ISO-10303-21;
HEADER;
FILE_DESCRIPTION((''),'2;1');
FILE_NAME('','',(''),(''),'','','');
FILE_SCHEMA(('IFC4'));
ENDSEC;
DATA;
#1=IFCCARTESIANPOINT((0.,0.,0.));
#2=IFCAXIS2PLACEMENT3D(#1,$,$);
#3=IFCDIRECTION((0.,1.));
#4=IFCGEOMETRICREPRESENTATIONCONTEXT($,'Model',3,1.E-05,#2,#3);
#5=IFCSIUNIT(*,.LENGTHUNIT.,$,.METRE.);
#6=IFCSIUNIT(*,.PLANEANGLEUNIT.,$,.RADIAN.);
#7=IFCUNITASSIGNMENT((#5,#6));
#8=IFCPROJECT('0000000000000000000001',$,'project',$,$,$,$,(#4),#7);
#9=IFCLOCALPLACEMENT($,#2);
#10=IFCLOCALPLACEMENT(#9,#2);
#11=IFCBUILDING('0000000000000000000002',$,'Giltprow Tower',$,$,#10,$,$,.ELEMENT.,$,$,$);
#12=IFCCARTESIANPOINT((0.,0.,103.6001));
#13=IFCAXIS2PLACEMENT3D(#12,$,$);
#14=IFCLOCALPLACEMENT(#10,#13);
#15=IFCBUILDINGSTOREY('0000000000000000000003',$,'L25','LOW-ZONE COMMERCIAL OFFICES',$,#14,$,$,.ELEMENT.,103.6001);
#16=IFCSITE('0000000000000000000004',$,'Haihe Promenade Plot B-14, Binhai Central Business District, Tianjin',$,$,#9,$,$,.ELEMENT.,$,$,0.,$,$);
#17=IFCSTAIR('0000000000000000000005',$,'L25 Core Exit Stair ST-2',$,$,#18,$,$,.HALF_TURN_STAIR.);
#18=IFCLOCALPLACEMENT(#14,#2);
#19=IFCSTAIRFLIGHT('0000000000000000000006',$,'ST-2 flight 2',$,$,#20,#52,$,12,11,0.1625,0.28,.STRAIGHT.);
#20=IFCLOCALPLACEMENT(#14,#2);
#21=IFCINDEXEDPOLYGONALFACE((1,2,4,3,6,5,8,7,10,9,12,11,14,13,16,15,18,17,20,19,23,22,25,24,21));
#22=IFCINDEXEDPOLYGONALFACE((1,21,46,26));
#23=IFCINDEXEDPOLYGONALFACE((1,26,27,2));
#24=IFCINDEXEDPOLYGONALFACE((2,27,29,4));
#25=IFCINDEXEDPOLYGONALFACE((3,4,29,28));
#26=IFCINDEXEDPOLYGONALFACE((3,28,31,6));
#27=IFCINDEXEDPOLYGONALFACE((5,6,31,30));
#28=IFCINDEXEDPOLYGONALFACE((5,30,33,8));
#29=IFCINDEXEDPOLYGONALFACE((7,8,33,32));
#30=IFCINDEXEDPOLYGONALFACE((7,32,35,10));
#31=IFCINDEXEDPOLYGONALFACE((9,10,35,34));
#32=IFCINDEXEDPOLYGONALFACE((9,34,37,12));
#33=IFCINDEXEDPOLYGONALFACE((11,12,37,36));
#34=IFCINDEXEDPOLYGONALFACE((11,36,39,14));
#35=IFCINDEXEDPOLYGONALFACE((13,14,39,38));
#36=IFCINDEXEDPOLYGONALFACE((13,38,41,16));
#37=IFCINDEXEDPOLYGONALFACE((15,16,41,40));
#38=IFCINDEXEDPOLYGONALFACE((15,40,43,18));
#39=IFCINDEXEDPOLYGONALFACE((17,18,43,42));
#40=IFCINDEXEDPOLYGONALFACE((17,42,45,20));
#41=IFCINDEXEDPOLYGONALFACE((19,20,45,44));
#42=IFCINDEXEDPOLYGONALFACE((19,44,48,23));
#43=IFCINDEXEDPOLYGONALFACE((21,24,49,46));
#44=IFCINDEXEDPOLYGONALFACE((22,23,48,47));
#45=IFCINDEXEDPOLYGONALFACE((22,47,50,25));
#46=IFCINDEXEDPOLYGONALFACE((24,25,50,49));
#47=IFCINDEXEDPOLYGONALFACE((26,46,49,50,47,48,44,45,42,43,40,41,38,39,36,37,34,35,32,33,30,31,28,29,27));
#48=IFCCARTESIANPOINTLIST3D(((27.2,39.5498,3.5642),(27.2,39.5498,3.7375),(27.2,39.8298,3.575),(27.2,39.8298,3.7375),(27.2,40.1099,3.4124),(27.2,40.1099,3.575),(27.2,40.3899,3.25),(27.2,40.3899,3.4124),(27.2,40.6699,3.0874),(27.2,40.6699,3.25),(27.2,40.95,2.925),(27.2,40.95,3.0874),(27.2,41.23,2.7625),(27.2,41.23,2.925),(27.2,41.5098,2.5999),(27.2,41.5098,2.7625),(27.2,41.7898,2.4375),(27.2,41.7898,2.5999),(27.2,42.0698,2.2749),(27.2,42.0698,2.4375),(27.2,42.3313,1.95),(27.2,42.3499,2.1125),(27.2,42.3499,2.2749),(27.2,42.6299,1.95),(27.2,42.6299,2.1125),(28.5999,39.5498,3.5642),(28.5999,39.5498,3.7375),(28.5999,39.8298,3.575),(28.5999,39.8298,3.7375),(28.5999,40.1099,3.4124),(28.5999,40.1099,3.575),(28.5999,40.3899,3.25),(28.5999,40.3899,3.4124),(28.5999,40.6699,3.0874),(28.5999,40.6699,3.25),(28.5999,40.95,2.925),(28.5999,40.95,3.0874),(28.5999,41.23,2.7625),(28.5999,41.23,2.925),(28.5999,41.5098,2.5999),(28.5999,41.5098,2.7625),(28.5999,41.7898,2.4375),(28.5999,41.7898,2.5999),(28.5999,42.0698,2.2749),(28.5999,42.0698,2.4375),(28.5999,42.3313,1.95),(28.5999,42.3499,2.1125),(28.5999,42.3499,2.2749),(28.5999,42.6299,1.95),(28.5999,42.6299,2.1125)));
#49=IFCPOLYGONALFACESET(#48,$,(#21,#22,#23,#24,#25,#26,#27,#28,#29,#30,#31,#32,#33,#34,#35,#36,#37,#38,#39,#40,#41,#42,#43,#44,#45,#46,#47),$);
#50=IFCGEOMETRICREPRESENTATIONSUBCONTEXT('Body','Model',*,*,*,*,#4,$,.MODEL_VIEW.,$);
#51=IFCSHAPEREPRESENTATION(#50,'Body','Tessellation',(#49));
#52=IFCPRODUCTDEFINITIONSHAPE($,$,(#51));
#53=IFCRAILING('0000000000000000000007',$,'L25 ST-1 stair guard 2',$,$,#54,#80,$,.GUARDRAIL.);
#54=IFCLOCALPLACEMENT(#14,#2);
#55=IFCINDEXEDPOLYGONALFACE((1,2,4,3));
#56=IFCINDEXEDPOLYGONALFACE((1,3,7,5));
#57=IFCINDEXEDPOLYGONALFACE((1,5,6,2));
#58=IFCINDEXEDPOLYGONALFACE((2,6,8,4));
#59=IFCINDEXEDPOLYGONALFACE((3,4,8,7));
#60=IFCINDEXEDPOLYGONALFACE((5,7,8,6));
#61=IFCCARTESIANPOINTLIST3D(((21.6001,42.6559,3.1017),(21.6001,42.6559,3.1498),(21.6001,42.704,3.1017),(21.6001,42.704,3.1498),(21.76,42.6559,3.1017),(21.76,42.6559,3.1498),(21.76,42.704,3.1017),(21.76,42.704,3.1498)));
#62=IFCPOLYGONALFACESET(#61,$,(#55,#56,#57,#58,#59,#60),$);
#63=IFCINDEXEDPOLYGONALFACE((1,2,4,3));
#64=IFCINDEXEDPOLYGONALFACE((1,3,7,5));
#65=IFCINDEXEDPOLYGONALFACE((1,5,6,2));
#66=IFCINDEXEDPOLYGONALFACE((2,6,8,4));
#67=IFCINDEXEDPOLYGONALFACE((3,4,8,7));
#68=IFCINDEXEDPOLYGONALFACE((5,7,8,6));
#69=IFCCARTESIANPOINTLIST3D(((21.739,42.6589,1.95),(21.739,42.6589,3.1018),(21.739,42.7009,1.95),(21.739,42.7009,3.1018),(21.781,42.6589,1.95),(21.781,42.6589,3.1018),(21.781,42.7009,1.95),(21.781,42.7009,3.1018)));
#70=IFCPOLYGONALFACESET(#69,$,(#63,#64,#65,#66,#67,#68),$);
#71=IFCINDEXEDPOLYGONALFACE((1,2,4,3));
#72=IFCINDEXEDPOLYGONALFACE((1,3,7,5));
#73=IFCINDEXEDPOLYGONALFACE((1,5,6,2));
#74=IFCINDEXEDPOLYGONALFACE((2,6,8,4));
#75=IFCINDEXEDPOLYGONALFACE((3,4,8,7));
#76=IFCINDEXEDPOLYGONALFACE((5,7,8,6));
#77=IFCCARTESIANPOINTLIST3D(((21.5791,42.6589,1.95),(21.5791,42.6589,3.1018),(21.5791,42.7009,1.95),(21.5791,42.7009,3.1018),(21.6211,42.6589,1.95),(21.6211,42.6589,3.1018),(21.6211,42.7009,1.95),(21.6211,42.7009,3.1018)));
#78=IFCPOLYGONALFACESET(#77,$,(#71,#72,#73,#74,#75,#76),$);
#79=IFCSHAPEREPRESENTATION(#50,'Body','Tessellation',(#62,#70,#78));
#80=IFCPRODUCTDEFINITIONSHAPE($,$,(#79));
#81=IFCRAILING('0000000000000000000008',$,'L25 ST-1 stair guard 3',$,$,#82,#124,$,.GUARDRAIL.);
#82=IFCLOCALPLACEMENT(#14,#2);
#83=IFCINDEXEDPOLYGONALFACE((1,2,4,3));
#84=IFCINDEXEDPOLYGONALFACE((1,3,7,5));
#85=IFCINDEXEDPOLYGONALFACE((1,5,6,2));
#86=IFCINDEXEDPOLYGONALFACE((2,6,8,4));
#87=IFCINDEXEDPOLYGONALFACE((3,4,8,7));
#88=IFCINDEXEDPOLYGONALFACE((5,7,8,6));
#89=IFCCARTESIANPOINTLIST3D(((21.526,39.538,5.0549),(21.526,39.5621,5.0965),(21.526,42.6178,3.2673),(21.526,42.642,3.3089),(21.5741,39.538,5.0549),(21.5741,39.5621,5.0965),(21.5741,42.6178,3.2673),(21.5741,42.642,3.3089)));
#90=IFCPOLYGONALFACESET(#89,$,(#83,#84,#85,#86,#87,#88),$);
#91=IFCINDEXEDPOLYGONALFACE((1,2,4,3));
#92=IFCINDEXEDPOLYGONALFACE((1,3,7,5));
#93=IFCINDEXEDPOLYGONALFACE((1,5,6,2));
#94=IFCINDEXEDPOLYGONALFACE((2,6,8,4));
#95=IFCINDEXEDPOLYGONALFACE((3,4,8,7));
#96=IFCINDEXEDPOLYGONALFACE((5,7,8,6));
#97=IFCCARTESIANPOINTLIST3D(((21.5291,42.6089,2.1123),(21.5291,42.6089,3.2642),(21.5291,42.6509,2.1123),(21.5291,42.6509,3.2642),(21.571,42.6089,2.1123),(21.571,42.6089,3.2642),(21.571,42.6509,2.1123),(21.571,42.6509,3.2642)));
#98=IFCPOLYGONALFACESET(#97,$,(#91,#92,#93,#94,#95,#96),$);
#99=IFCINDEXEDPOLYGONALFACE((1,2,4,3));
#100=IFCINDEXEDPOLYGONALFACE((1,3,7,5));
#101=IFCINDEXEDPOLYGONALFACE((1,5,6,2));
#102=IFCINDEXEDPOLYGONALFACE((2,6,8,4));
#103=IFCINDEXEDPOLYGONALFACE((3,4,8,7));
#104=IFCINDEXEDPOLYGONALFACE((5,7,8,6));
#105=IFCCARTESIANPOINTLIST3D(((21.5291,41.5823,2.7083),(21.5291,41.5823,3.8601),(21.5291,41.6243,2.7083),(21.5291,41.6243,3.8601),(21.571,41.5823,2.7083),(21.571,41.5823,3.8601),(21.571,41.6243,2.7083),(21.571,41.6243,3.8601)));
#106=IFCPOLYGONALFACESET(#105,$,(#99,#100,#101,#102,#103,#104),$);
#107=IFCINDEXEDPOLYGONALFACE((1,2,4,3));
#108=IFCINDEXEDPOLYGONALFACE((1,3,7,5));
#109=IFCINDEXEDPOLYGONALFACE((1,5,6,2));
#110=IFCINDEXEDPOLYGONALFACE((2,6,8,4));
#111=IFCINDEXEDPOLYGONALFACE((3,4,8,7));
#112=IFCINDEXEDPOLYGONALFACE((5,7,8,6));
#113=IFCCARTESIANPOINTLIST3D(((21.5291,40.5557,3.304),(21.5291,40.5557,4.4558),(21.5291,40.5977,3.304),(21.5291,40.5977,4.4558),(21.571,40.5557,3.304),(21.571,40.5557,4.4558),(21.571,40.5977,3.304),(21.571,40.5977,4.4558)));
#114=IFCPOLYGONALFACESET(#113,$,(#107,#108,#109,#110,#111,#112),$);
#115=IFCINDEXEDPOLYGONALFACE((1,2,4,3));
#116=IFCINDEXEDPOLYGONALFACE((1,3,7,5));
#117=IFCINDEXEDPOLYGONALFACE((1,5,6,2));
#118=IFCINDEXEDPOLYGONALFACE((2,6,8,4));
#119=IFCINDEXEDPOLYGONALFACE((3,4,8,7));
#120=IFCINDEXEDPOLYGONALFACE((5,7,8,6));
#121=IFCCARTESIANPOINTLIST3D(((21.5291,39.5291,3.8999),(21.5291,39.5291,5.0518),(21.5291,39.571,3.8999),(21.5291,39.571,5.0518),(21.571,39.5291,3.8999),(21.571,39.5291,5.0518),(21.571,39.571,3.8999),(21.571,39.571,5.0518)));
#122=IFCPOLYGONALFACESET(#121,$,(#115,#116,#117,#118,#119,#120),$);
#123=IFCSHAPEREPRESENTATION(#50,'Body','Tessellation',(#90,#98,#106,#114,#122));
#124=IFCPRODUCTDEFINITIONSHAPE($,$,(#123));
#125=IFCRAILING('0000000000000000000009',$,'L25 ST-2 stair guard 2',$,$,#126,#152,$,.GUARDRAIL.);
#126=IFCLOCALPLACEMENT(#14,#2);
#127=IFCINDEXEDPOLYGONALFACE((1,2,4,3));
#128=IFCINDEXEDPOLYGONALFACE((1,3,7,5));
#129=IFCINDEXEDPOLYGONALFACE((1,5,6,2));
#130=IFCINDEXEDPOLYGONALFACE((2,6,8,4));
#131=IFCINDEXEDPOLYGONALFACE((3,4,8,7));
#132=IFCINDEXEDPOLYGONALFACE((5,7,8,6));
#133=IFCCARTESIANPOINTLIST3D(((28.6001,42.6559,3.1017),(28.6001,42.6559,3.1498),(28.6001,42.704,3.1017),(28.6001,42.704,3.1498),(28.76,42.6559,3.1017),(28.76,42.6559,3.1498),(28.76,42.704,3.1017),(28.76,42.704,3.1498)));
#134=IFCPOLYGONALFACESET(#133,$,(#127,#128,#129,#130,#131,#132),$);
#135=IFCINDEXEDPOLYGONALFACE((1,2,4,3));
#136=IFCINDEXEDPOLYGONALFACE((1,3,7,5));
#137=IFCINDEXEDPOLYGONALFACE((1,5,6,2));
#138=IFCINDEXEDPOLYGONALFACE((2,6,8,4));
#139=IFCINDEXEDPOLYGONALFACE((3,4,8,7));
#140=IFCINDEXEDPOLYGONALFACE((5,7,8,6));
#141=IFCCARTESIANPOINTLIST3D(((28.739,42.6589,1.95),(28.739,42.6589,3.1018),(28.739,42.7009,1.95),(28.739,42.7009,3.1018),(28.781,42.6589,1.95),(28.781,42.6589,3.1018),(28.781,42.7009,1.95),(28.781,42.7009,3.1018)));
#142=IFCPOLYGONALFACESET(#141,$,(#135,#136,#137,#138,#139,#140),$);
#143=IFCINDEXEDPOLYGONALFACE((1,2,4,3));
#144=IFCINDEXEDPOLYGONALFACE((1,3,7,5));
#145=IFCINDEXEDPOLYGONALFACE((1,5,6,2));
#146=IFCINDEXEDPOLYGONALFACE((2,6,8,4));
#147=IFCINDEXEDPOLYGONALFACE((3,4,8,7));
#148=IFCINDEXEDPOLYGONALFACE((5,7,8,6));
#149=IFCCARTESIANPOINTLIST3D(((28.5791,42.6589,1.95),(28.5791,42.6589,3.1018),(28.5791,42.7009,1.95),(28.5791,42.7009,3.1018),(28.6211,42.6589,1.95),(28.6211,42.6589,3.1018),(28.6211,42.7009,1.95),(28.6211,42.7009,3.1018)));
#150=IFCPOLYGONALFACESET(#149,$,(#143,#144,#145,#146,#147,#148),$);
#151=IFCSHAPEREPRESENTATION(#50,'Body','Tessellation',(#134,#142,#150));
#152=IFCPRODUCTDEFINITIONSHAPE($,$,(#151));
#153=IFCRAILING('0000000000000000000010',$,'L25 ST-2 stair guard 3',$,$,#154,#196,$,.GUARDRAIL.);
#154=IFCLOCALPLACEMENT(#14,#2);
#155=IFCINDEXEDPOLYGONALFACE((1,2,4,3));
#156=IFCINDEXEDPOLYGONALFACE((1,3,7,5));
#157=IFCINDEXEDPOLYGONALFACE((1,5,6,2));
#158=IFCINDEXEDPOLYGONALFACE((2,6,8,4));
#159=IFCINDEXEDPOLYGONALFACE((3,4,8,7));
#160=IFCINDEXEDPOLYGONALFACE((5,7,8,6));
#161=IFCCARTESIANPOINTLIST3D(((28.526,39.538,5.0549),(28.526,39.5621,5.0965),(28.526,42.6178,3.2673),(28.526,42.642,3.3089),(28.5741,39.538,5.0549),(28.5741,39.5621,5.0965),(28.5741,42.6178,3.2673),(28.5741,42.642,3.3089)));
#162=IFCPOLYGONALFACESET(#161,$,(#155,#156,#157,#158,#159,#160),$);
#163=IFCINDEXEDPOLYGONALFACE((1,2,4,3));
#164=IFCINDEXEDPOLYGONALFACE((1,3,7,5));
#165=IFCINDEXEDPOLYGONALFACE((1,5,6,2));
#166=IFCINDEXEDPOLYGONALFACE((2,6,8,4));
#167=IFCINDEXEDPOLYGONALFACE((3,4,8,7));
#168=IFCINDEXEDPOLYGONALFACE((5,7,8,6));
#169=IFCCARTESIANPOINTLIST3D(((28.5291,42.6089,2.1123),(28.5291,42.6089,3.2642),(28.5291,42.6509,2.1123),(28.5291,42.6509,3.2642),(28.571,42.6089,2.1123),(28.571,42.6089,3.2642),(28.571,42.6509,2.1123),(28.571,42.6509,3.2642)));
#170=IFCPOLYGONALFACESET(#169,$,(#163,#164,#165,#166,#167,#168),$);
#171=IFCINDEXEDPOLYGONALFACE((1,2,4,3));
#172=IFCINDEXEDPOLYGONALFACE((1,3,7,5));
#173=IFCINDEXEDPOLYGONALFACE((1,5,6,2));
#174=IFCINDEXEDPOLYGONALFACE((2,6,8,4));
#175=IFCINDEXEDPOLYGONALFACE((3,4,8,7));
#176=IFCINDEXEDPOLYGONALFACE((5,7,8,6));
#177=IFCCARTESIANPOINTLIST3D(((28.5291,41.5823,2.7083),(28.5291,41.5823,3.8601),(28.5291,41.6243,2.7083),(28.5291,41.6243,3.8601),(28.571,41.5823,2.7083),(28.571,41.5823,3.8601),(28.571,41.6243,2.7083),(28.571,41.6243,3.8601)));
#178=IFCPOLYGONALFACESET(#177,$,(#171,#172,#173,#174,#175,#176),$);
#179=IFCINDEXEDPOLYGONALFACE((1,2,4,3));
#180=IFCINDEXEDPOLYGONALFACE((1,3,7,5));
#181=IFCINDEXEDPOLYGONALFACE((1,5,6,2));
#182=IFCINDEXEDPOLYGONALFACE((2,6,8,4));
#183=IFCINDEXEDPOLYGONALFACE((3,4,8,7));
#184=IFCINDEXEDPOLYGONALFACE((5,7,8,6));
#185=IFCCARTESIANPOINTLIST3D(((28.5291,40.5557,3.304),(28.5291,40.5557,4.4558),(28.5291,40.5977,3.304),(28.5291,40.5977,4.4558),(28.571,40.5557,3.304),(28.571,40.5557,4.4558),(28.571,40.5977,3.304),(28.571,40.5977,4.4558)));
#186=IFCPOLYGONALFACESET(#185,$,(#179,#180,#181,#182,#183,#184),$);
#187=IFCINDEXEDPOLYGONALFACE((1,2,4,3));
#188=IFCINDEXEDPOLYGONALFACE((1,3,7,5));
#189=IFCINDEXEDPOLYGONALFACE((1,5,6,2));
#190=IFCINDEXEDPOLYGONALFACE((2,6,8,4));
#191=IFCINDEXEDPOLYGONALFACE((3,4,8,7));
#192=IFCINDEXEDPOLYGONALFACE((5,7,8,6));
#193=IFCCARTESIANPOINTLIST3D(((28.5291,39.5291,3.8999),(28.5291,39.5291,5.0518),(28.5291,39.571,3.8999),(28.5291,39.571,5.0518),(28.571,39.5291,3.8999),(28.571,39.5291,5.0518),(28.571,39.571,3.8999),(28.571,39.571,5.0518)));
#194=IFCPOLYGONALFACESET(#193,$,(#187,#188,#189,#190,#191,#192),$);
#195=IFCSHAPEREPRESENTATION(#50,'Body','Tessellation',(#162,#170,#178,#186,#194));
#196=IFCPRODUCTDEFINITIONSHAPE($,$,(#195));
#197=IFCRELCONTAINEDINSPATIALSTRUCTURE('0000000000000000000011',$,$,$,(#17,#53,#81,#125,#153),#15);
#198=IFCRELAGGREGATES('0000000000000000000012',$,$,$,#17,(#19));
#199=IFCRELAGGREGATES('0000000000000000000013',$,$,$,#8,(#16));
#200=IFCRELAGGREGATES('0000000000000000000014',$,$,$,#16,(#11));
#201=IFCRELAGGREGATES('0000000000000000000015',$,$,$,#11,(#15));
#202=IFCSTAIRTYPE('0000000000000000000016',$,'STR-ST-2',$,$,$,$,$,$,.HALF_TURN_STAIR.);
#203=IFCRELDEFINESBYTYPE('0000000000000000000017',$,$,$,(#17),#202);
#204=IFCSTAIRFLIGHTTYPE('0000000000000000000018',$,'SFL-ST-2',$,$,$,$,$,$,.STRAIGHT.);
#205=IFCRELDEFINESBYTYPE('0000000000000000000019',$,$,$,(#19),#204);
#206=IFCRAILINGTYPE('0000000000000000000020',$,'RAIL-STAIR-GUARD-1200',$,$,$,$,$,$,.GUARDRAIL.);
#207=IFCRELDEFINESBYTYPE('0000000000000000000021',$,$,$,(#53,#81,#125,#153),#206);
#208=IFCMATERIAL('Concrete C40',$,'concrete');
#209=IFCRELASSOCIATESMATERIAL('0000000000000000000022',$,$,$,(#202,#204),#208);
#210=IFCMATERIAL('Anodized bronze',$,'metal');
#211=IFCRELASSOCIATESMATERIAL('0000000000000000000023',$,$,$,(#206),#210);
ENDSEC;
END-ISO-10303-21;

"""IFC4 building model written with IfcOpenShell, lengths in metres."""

from ifc_helpers import new_model, si_unit, direction, frame, origin, origin_2d, place, context, subcontext, project, spatial, polyline, rectangle, outline, extrude, material, type_object, element, aggregate, save


model = new_model("IFC4")

# Units and contexts
model_context = context("Model", 3, precision=1e-05, world=origin(), true_north=direction((0.0, 1.0)))
body_context = subcontext(model_context, "Body", "Model", "MODEL_VIEW")
ifc_project = project(units=[si_unit("LENGTHUNIT", "METRE"), si_unit("PLANEANGLEUNIT", "RADIAN")], contexts=[model_context])

# Site, building, storey
site_placement = place(None, origin())
site = spatial("IfcSite", under=ifc_project, at=site_placement, Name="Haihe Promenade Plot B-14, Binhai Central Business District, Tianjin", CompositionType="ELEMENT", RefElevation=0.0)
building_placement = place(site_placement, origin())
building = spatial("IfcBuilding", under=site, at=building_placement, Name="Giltprow Tower", CompositionType="ELEMENT")
storey_placement = place(building_placement, frame((0.0, 0.0, 103.6001)))
storey = spatial("IfcBuildingStorey", under=building, at=storey_placement, Name="L25", Description="LOW-ZONE COMMERCIAL OFFICES", CompositionType="ELEMENT", Elevation=103.6001)

# Shared definitions
ifc_material_1 = material(Name="Concrete C40", Category="concrete")

# Stair, stair flight
stair_type_1 = type_object("IfcStairType", Name="STR-ST-2", PredefinedType="HALF_TURN_STAIR", material=ifc_material_1)
stair_1_placement = place(storey_placement, origin())
stair_1 = element("IfcStair", 1, at=stair_1_placement, inside=storey, type_object=stair_type_1, Name="L25 Core Exit Stair ST-2", PredefinedType="HALF_TURN_STAIR")
stair_flight_type_1 = type_object("IfcStairFlightType", Name="SFL-ST-2", PredefinedType="STRAIGHT", material=ifc_material_1)
stair_flight_1_placement = place(storey_placement, frame((27.8999, 42.6299, 1.95), z_axis=(0.0, 0.0, 1.0), x_axis=(0.0, -1.0, 0.0)))
stair_flight_1 = element("IfcStairFlight", 2, at=stair_flight_1_placement, type_object=stair_flight_type_1, Name="ST-2 flight 2", NumberOfRisers=12, NumberOfTreads=11, PredefinedType="STRAIGHT", RiserHeight=0.1625, TreadLength=0.28, context=body_context, shape_type="SweptSolid", body=[
    extrude(outline(polyline([(0.0, 0.0), (0.0, 0.1626), (0.28, 0.1626), (0.28, 0.325), (0.5601, 0.325), (0.5601, 0.4875), (0.8401, 0.4875), (0.8401, 0.6499), (1.1201, 0.6499), (1.1201, 0.8125), (1.3999, 0.8125), (1.3999, 0.9751), (1.6799, 0.9751), (1.6799, 1.1375), (1.96, 1.1375), (1.96, 1.3), (2.24, 1.3), (2.24, 1.4624), (2.52, 1.4624), (2.52, 1.625), (2.8, 1.625), (2.8, 1.7876), (3.0801, 1.7876), (3.0801, 1.95), (3.0801, 1.6143), (0.2986, 0.0), (0.0, 0.0)])), frame((0.0, 0.7, 0.0), z_axis=(0.0, -1.0, 0.0), x_axis=(1.0, 0.0, 0.0)), (0.0, 0.0, 1.0), 1.3999),
])
aggregate(stair_1, [stair_flight_1])

# Railings
ifc_material_2 = material(Name="Anodized bronze", Category="metal")
railing_type_1 = type_object("IfcRailingType", Name="RAIL-STAIR-GUARD-1200", PredefinedType="GUARDRAIL", material=ifc_material_2)
railing_1_placement = place(storey_placement, frame((21.76, 42.6799, 1.95)))
element("IfcRailing", 3, at=railing_1_placement, inside=storey, type_object=railing_type_1, Name="L25 ST-1 stair guard 2", PredefinedType="GUARDRAIL", context=body_context, shape_type="SweptSolid", body=[
    extrude(rectangle(XDim=0.0481, YDim=0.0481, at=origin_2d()), frame((0.0, 0.0, 1.1758), z_axis=(-1.0, 0.0, 0.0), x_axis=(0.0, -1.0, 0.0)), (0.0, 0.0, 1.0), 0.1599),
    extrude(rectangle(XDim=0.042, YDim=0.042, at=origin_2d()), origin(), (0.0, 0.0, 1.0), 1.1519),
    extrude(rectangle(XDim=0.042, YDim=0.042, at=origin_2d()), frame((-0.1599, 0.0, 0.0)), (0.0, 0.0, 1.0), 1.1519),
])
railing_2_placement = place(storey_placement, frame((21.55, 42.6299, 2.1123)))
element("IfcRailing", 4, at=railing_2_placement, inside=storey, type_object=railing_type_1, Name="L25 ST-1 stair guard 3", PredefinedType="GUARDRAIL", context=body_context, shape_type="SweptSolid", body=[
    extrude(rectangle(XDim=0.0481, YDim=0.0481, at=origin_2d()), frame((0.0, 0.0, 1.1758), z_axis=(0.0, -0.864873, 0.50199), x_axis=(1.0, 0.0, 0.0)), (0.0, 0.0, 1.0), 3.561),
    extrude(rectangle(XDim=0.042, YDim=0.042, at=origin_2d()), origin(), (0.0, 0.0, 1.0), 1.1519),
    extrude(rectangle(XDim=0.042, YDim=0.042, at=origin_2d()), frame((0.0, -1.0266, 0.5959)), (0.0, 0.0, 1.0), 1.1519),
    extrude(rectangle(XDim=0.042, YDim=0.042, at=origin_2d()), frame((0.0, -2.0532, 1.1917)), (0.0, 0.0, 1.0), 1.1519),
    extrude(rectangle(XDim=0.042, YDim=0.042, at=origin_2d()), frame((0.0, -3.0798, 1.7876)), (0.0, 0.0, 1.0), 1.1519),
])
railing_3_placement = place(storey_placement, frame((28.76, 42.6799, 1.95)))
element("IfcRailing", 5, at=railing_3_placement, inside=storey, type_object=railing_type_1, Name="L25 ST-2 stair guard 2", PredefinedType="GUARDRAIL", context=body_context, shape_type="SweptSolid", body=[
    extrude(rectangle(XDim=0.0481, YDim=0.0481, at=origin_2d()), frame((0.0, 0.0, 1.1758), z_axis=(-1.0, 0.0, 0.0), x_axis=(0.0, -1.0, 0.0)), (0.0, 0.0, 1.0), 0.1599),
    extrude(rectangle(XDim=0.042, YDim=0.042, at=origin_2d()), origin(), (0.0, 0.0, 1.0), 1.1519),
    extrude(rectangle(XDim=0.042, YDim=0.042, at=origin_2d()), frame((-0.1599, 0.0, 0.0)), (0.0, 0.0, 1.0), 1.1519),
])
railing_4_placement = place(storey_placement, frame((28.55, 42.6299, 2.1123)))
element("IfcRailing", 6, at=railing_4_placement, inside=storey, type_object=railing_type_1, Name="L25 ST-2 stair guard 3", PredefinedType="GUARDRAIL", context=body_context, shape_type="SweptSolid", body=[
    extrude(rectangle(XDim=0.0481, YDim=0.0481, at=origin_2d()), frame((0.0, 0.0, 1.1758), z_axis=(0.0, -0.864873, 0.50199), x_axis=(1.0, 0.0, 0.0)), (0.0, 0.0, 1.0), 3.561),
    extrude(rectangle(XDim=0.042, YDim=0.042, at=origin_2d()), origin(), (0.0, 0.0, 1.0), 1.1519),
    extrude(rectangle(XDim=0.042, YDim=0.042, at=origin_2d()), frame((0.0, -1.0266, 0.5959)), (0.0, 0.0, 1.0), 1.1519),
    extrude(rectangle(XDim=0.042, YDim=0.042, at=origin_2d()), frame((0.0, -2.0532, 1.1917)), (0.0, 0.0, 1.0), 1.1519),
    extrude(rectangle(XDim=0.042, YDim=0.042, at=origin_2d()), frame((0.0, -3.0798, 1.7876)), (0.0, 0.0, 1.0), 1.1519),
])

save(model, "model.ifc")
